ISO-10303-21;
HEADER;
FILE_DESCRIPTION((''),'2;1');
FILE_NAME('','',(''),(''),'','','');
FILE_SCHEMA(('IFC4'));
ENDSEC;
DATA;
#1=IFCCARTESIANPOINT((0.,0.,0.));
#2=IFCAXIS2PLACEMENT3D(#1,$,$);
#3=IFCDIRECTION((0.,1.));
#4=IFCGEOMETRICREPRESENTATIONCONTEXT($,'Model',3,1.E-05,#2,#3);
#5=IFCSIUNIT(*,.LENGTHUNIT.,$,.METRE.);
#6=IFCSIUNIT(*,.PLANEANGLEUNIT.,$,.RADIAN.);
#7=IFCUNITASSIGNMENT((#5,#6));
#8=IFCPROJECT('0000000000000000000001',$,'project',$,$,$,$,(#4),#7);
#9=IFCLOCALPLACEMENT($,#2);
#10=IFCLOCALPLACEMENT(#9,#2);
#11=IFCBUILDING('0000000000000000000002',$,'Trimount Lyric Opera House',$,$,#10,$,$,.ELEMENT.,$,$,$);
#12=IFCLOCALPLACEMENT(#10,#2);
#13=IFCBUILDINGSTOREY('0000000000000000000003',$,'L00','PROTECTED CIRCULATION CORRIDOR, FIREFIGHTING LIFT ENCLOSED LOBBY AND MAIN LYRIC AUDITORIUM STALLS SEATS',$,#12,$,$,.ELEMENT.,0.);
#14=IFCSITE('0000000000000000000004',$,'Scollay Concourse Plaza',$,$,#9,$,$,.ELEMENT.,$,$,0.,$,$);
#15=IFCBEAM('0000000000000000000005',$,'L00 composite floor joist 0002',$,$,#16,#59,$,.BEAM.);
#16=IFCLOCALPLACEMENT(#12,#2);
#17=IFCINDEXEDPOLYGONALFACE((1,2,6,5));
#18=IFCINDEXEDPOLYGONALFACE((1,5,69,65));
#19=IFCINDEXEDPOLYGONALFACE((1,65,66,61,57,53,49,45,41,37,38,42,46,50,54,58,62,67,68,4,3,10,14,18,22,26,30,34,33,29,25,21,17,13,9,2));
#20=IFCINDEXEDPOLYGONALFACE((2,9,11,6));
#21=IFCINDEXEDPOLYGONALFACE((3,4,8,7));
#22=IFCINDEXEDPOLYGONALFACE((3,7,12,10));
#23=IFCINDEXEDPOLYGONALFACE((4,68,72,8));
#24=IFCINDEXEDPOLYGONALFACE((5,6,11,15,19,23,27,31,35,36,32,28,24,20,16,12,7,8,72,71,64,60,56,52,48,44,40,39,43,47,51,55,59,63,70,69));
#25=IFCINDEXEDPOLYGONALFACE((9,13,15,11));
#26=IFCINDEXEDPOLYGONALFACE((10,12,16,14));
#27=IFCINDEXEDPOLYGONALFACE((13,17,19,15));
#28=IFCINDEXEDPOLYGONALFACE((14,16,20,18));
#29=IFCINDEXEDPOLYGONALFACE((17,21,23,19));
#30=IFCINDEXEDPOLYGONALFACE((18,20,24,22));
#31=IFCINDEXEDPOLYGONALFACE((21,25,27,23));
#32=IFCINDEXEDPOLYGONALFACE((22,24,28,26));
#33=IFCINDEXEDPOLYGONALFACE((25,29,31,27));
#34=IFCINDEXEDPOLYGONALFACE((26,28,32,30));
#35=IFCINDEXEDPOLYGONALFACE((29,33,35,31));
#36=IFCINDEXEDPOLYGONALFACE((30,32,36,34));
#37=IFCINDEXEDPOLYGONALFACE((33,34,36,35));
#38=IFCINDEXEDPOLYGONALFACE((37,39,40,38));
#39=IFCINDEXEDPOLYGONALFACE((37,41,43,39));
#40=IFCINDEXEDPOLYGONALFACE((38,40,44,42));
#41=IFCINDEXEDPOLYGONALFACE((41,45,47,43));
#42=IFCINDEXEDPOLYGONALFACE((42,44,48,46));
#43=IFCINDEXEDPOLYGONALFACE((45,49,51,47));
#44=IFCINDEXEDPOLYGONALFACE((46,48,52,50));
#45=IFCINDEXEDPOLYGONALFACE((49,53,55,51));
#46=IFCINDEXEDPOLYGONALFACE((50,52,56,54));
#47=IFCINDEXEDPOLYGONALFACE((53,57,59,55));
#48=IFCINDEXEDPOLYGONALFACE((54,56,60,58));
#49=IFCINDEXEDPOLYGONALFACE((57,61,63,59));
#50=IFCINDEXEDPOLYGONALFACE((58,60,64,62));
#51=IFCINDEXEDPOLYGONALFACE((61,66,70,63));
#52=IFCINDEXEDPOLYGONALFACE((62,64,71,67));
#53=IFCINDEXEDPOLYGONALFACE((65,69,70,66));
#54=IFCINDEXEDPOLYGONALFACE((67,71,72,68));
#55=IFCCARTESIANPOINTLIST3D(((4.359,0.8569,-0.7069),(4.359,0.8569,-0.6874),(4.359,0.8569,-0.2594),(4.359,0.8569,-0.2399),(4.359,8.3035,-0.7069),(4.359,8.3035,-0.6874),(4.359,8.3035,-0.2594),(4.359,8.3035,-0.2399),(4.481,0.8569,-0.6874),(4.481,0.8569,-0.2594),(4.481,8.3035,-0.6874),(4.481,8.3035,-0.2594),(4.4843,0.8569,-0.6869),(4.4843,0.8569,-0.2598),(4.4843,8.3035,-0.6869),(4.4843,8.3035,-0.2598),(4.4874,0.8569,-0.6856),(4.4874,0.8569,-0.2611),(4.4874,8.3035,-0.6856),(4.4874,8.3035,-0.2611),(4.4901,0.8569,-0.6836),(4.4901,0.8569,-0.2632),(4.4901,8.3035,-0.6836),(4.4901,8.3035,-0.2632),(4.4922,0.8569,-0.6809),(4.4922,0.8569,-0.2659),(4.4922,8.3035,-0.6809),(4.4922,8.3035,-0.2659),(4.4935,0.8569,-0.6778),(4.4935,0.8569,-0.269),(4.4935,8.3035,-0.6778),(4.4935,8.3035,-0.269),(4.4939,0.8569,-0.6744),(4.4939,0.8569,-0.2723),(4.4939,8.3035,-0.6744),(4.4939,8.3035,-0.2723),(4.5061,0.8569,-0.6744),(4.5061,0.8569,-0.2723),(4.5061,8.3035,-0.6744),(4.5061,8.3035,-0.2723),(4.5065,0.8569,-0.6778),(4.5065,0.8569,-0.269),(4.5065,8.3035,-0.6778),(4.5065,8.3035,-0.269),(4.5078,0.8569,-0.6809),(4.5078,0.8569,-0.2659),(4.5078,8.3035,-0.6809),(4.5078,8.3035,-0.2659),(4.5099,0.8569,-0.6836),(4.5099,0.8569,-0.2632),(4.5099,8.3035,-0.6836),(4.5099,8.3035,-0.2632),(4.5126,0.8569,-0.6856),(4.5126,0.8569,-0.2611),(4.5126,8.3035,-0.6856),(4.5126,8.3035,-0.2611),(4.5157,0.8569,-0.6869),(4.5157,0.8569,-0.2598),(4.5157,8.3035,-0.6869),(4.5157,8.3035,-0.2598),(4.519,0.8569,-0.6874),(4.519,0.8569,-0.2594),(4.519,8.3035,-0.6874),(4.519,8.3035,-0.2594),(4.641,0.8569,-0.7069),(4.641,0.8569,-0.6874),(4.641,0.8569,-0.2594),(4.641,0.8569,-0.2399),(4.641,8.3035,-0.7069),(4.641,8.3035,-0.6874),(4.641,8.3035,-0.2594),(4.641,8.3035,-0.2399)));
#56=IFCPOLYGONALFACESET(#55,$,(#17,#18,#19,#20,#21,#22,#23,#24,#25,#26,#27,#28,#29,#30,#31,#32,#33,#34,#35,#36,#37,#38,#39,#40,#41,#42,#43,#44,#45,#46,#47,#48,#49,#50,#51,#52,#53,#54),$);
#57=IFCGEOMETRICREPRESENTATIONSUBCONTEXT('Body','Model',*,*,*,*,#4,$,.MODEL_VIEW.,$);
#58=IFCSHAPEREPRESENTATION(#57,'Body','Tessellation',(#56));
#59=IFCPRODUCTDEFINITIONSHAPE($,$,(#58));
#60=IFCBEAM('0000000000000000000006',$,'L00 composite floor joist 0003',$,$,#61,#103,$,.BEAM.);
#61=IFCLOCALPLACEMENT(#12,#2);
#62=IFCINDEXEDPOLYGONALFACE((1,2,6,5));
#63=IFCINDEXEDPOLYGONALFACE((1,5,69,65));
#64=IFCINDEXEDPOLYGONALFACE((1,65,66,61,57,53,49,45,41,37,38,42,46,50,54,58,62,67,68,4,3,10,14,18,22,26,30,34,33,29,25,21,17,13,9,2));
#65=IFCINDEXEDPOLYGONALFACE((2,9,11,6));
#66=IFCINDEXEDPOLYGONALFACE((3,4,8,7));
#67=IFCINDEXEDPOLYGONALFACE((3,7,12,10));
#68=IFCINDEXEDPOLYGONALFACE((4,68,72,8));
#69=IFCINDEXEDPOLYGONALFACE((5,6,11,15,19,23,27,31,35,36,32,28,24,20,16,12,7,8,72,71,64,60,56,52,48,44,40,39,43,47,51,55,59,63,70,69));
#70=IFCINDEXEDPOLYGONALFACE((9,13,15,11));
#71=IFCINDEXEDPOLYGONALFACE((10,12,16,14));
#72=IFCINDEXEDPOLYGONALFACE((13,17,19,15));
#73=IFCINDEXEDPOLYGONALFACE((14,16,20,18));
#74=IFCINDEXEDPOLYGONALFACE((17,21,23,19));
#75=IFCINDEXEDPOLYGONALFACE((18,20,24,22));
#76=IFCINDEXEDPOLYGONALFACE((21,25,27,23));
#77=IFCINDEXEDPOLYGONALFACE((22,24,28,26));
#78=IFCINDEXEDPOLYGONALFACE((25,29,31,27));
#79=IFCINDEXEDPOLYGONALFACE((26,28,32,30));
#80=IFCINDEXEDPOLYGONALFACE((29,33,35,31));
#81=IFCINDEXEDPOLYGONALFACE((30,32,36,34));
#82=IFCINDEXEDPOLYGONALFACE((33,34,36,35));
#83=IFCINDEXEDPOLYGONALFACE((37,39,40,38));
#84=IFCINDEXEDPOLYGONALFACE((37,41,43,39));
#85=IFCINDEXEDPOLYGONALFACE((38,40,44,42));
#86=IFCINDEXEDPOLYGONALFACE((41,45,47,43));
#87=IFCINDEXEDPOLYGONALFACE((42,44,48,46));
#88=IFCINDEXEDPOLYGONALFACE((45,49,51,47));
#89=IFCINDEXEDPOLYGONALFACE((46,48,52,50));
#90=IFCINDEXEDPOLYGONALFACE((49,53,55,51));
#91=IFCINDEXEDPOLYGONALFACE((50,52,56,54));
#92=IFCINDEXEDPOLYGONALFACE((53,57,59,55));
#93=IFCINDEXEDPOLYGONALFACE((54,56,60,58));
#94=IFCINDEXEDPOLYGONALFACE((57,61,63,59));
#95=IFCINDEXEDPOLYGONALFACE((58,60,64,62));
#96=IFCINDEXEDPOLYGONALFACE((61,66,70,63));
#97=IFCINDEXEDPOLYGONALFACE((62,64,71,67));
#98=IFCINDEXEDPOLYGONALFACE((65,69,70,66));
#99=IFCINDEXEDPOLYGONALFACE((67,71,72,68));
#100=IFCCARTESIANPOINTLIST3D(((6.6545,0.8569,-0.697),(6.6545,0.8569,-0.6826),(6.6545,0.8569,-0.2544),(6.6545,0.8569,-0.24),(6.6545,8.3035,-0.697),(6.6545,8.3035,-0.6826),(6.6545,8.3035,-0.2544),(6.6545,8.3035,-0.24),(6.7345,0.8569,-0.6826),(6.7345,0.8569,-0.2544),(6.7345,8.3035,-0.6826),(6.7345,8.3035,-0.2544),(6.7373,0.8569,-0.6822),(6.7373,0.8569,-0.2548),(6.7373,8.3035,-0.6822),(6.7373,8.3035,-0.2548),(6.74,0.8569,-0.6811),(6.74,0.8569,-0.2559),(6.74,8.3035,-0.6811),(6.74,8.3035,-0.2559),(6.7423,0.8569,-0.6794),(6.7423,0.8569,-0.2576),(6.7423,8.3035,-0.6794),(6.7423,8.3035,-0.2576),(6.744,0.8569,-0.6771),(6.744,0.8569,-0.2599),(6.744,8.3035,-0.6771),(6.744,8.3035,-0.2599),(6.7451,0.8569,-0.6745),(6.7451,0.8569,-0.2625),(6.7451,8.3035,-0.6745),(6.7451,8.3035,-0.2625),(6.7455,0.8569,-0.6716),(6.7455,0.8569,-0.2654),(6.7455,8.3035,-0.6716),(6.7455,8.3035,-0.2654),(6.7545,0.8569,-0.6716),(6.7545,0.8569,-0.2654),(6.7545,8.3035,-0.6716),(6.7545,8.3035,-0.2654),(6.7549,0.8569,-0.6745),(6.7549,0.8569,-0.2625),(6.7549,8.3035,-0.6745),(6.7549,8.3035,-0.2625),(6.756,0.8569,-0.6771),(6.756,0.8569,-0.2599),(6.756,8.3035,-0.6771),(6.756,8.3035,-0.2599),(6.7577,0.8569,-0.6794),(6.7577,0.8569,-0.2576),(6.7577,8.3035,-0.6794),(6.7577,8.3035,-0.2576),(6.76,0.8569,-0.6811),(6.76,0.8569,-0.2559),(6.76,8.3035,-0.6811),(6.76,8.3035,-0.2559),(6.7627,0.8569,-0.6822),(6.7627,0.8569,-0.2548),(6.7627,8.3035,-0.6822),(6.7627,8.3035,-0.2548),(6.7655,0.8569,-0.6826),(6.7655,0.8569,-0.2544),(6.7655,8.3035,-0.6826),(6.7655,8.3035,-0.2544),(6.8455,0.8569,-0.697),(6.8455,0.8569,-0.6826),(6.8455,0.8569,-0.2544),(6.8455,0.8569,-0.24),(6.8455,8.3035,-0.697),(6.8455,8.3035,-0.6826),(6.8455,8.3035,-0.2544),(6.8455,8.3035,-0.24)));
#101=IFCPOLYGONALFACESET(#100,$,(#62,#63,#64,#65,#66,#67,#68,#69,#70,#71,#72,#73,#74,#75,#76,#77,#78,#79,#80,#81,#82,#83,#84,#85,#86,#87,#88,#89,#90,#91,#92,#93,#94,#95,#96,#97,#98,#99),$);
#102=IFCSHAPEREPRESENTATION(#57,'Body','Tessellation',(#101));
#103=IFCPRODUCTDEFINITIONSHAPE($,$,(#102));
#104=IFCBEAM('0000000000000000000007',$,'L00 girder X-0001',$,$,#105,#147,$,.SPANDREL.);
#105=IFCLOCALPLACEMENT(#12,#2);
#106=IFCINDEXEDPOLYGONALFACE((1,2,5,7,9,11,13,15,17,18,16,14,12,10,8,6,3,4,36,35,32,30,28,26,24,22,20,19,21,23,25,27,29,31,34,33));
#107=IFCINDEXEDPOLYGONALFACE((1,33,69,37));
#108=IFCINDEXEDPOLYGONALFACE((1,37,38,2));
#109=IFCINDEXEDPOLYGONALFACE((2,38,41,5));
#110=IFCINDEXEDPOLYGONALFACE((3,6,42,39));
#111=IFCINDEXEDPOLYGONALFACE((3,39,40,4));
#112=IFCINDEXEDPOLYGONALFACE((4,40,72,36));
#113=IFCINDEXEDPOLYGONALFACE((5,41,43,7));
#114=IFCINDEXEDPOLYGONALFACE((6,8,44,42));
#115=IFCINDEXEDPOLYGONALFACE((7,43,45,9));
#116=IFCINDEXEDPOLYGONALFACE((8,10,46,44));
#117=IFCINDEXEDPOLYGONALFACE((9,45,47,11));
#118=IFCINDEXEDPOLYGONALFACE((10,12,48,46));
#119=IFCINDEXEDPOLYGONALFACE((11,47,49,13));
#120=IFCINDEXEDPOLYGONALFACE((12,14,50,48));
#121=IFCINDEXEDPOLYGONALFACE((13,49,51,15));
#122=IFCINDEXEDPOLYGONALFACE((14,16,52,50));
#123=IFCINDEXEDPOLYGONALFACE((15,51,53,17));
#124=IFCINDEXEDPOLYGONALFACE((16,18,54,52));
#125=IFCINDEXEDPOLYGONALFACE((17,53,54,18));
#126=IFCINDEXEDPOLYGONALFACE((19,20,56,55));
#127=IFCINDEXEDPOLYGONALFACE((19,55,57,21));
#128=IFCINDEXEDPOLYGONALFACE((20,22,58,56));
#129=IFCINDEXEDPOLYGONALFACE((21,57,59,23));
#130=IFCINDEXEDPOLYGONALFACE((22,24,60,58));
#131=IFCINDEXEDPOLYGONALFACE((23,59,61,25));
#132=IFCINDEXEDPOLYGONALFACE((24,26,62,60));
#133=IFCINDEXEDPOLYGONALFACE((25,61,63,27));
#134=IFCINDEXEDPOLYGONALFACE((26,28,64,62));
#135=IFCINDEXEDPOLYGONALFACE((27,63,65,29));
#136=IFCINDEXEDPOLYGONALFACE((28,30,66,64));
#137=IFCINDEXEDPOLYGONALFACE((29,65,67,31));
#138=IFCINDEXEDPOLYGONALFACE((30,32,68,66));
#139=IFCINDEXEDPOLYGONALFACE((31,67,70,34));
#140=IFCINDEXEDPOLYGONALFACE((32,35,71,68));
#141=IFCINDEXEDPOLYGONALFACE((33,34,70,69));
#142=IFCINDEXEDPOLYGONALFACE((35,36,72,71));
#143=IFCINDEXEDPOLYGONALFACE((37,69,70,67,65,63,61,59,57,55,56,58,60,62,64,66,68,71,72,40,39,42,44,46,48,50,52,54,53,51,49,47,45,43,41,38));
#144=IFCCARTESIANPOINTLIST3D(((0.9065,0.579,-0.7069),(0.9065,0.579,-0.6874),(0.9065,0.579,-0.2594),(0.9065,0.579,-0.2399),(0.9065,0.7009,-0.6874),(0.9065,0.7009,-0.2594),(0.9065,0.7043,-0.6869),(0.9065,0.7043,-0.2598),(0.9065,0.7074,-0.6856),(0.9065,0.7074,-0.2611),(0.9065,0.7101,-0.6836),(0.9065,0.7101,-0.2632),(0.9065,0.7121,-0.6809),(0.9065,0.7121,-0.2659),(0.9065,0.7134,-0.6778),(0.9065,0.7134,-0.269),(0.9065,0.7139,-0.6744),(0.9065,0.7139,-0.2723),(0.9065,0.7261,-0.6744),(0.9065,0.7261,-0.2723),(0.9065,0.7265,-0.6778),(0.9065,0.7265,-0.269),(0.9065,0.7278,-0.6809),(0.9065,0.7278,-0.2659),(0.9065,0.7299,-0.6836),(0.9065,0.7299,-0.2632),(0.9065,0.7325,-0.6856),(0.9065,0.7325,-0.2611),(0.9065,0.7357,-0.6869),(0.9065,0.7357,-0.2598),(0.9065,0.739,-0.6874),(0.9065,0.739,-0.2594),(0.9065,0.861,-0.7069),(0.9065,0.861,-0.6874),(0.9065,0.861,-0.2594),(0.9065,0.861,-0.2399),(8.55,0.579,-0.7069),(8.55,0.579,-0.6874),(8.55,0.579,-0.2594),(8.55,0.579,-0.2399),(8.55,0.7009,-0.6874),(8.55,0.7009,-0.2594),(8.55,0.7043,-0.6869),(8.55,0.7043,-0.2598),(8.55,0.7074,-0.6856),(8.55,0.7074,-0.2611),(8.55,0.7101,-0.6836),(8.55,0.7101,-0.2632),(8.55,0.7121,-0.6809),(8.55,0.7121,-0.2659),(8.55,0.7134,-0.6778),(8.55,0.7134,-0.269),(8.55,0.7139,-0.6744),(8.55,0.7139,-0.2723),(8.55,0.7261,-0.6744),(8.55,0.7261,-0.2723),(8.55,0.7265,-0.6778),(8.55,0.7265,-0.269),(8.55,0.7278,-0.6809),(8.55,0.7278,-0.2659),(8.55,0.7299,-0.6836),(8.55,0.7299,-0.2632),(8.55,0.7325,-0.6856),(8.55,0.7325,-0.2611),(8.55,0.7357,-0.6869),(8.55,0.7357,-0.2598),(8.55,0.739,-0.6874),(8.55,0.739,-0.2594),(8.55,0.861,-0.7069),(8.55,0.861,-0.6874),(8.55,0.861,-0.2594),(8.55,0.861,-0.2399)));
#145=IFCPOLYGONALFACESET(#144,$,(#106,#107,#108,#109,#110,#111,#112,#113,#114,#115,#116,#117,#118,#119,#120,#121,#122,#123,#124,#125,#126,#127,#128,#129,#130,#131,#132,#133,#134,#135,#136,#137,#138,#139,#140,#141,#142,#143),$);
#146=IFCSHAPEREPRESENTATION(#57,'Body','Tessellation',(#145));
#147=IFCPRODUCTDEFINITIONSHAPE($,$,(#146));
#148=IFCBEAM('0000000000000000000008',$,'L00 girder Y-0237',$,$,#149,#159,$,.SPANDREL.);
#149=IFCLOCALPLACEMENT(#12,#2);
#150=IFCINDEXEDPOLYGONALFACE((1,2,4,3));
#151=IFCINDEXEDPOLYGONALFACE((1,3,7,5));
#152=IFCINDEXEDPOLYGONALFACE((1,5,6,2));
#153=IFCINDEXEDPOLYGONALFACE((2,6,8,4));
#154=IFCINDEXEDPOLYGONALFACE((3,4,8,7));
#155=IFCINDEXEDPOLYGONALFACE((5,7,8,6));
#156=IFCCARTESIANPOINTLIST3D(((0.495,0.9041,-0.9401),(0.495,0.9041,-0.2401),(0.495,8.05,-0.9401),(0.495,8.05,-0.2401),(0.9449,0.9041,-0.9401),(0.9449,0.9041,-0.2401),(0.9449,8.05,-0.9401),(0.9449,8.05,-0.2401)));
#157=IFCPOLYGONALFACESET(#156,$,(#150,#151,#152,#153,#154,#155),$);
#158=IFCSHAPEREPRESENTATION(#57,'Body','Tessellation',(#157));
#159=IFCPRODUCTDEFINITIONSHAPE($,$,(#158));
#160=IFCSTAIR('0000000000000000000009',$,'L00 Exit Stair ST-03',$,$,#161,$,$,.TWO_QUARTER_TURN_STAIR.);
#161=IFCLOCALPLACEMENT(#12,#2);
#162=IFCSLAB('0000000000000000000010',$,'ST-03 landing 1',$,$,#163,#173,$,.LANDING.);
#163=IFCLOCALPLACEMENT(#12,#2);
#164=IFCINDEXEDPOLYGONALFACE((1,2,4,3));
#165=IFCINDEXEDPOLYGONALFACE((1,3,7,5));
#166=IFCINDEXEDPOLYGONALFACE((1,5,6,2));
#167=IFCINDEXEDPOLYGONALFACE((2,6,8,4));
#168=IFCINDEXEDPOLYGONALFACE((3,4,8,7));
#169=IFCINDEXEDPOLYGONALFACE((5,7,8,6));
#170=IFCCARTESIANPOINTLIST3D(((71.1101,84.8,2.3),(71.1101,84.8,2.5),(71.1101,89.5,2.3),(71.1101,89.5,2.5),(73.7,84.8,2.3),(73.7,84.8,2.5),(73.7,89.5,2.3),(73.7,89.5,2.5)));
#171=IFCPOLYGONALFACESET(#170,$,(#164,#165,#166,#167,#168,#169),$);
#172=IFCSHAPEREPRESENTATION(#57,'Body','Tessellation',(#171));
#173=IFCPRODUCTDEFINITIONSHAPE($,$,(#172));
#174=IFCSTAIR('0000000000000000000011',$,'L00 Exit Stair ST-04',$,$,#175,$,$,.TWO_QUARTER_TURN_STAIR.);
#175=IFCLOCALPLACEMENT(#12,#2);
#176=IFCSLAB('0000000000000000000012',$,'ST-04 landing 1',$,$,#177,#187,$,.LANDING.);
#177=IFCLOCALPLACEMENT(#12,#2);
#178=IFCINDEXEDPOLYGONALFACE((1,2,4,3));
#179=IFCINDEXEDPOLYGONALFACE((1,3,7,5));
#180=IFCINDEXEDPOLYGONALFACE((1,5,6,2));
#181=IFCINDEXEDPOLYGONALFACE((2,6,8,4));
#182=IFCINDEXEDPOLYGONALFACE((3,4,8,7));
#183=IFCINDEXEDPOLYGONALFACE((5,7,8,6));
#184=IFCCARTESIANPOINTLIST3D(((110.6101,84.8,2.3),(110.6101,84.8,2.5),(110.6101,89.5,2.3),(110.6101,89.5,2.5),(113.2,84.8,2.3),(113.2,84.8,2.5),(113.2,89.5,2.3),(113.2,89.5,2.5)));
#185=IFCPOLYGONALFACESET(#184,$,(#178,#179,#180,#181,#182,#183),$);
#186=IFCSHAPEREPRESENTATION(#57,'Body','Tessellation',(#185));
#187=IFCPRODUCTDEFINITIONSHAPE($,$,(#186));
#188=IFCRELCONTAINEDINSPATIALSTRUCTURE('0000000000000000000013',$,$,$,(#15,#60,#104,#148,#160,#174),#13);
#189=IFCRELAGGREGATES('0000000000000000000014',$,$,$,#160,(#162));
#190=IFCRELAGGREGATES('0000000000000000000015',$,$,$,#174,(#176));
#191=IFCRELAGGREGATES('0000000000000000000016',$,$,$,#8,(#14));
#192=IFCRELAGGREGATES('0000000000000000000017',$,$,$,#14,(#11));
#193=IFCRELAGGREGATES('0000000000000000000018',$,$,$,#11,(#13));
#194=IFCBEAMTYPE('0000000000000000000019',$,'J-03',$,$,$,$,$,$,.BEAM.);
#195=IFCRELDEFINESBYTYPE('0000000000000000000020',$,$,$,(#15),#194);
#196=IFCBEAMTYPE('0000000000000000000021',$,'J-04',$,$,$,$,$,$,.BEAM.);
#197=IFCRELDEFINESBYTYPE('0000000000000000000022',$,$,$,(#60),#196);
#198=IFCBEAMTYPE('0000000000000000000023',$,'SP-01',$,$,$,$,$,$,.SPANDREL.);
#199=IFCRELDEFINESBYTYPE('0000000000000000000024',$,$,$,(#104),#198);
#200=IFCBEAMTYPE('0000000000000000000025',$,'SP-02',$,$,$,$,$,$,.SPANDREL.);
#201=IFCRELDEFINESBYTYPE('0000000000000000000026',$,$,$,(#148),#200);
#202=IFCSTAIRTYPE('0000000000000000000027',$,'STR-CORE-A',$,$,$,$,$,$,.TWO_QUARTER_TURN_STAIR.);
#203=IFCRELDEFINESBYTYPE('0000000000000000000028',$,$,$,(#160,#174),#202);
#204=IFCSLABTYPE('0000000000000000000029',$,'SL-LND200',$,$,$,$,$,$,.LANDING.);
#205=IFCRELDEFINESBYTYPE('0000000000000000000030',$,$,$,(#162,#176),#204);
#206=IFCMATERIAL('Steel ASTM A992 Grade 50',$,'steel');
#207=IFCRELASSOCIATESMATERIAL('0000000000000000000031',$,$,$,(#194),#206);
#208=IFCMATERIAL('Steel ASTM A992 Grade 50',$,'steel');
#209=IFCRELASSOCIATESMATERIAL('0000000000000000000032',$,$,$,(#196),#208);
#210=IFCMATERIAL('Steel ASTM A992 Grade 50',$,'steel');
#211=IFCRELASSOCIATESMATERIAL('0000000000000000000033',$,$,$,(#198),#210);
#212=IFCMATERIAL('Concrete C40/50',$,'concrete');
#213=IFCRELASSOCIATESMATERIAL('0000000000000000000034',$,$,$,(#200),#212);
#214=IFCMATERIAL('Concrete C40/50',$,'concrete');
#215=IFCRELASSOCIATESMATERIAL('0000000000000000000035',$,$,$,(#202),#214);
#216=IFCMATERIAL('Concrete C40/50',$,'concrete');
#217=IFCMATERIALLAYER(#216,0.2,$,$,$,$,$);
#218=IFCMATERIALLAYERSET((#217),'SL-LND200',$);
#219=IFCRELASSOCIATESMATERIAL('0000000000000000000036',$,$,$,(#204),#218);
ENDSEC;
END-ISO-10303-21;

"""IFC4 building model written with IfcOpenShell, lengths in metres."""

from ifc_helpers import new_model, si_unit, direction, frame, origin, origin_2d, place, context, subcontext, project, spatial, polyline, rectangle, i_section, outline, extrude, material, layer, layer_set, material_profile, profile_set, type_object, element, aggregate, save


model = new_model("IFC4")

# Units and contexts
model_context = context("Model", 3, precision=1e-05, world=origin(), true_north=direction((0.0, 1.0)))
body_context = subcontext(model_context, "Body", "Model", "MODEL_VIEW")
ifc_project = project(units=[si_unit("LENGTHUNIT", "METRE"), si_unit("PLANEANGLEUNIT", "RADIAN")], contexts=[model_context])

# Site, building, storey
site_placement = place(None, origin())
site = spatial("IfcSite", under=ifc_project, at=site_placement, Name="Scollay Concourse Plaza", CompositionType="ELEMENT", RefElevation=0.0)
building_placement = place(site_placement, origin())
building = spatial("IfcBuilding", under=site, at=building_placement, Name="Trimount Lyric Opera House", CompositionType="ELEMENT")
storey_placement = place(building_placement, origin())
storey = spatial("IfcBuildingStorey", under=building, at=storey_placement, Name="L00", Description="PROTECTED CIRCULATION CORRIDOR, FIREFIGHTING LIFT ENCLOSED LOBBY AND MAIN LYRIC AUDITORIUM STALLS SEATS", CompositionType="ELEMENT", Elevation=0.0)

# Beams
ifc_material_1 = material(Name="Steel ASTM A992 Grade 50", Category="steel")
ifc_material_profile_1 = material_profile(ifc_material_1, i_section(OverallWidth=0.282, OverallDepth=0.467, WebThickness=0.0122, FlangeThickness=0.0195, FilletRadius=0.0129, at=origin_2d()), Name="W18X86")
ifc_profile_set_1 = profile_set([ifc_material_profile_1], Name="Steel ASTM A992 Grade 50")
beam_type_1 = type_object("IfcBeamType", Name="J-03", PredefinedType="BEAM", material=ifc_profile_set_1)
beam_1_placement = place(storey_placement, frame((4.5, 0.8569, -0.4734), z_axis=(0.0, 1.0, 0.0), x_axis=(-1.0, 0.0, 0.0)))
element("IfcBeam", 1, at=beam_1_placement, inside=storey, type_object=beam_type_1, Name="L00 composite floor joist 0002", PredefinedType="BEAM", context=body_context, shape_type="SweptSolid", body=[
    extrude(i_section(OverallWidth=0.282, OverallDepth=0.467, WebThickness=0.0122, FlangeThickness=0.0195, FilletRadius=0.0129, at=origin_2d()), origin(), (0.0, 0.0, 1.0), 7.4465),
])
ifc_material_2 = material(Name="Steel ASTM A992 Grade 50", Category="steel")
ifc_material_profile_2 = material_profile(ifc_material_2, i_section(OverallWidth=0.1909, OverallDepth=0.457, WebThickness=0.009, FlangeThickness=0.0144, FilletRadius=0.011, at=origin_2d()), Name="W18X50")
ifc_profile_set_2 = profile_set([ifc_material_profile_2], Name="Steel ASTM A992 Grade 50")
beam_type_2 = type_object("IfcBeamType", Name="J-04", PredefinedType="BEAM", material=ifc_profile_set_2)
beam_2_placement = place(storey_placement, frame((6.75, 0.8569, -0.4685), z_axis=(0.0, 1.0, 0.0), x_axis=(-1.0, 0.0, 0.0)))
element("IfcBeam", 2, at=beam_2_placement, inside=storey, type_object=beam_type_2, Name="L00 composite floor joist 0003", PredefinedType="BEAM", context=body_context, shape_type="SweptSolid", body=[
    extrude(i_section(OverallWidth=0.1909, OverallDepth=0.457, WebThickness=0.009, FlangeThickness=0.0144, FilletRadius=0.011, at=origin_2d()), origin(), (0.0, 0.0, 1.0), 7.4465),
])
ifc_material_3 = material(Name="Steel ASTM A992 Grade 50", Category="steel")
ifc_material_profile_3 = material_profile(ifc_material_3, i_section(OverallWidth=0.282, OverallDepth=0.467, WebThickness=0.0122, FlangeThickness=0.0195, FilletRadius=0.0129, at=origin_2d()), Name="W18X86")
ifc_profile_set_3 = profile_set([ifc_material_profile_3], Name="Steel ASTM A992 Grade 50")
beam_type_3 = type_object("IfcBeamType", Name="SP-01", PredefinedType="SPANDREL", material=ifc_profile_set_3)
beam_3_placement = place(storey_placement, frame((0.9065, 0.72, -0.4734), z_axis=(1.0, 0.0, 0.0), x_axis=(0.0, 1.0, 0.0)))
element("IfcBeam", 3, at=beam_3_placement, inside=storey, type_object=beam_type_3, Name="L00 girder X-0001", PredefinedType="SPANDREL", context=body_context, shape_type="SweptSolid", body=[
    extrude(i_section(OverallWidth=0.282, OverallDepth=0.467, WebThickness=0.0122, FlangeThickness=0.0195, FilletRadius=0.0129, at=origin_2d()), origin(), (0.0, 0.0, 1.0), 7.6436),
])
ifc_material_4 = material(Name="Concrete C40/50", Category="concrete")
ifc_material_profile_4 = material_profile(ifc_material_4, rectangle(XDim=0.45, YDim=0.7, at=origin_2d()), Name="RC450X700")
ifc_profile_set_4 = profile_set([ifc_material_profile_4], Name="Concrete C40/50")
beam_type_4 = type_object("IfcBeamType", Name="SP-02", PredefinedType="SPANDREL", material=ifc_profile_set_4)
beam_4_placement = place(storey_placement, frame((0.72, 0.9041, -0.5901), z_axis=(0.0, 1.0, 0.0), x_axis=(-1.0, 0.0, 0.0)))
element("IfcBeam", 4, at=beam_4_placement, inside=storey, type_object=beam_type_4, Name="L00 girder Y-0237", PredefinedType="SPANDREL", context=body_context, shape_type="SweptSolid", body=[
    extrude(rectangle(XDim=0.45, YDim=0.7, at=origin_2d()), origin(), (0.0, 0.0, 1.0), 7.146),
])

# Stairs, slabs
ifc_material_5 = material(Name="Concrete C40/50", Category="concrete")
stair_type_1 = type_object("IfcStairType", Name="STR-CORE-A", PredefinedType="TWO_QUARTER_TURN_STAIR", material=ifc_material_5)
stair_1_placement = place(storey_placement, origin())
stair_1 = element("IfcStair", 5, at=stair_1_placement, inside=storey, type_object=stair_type_1, Name="L00 Exit Stair ST-03", PredefinedType="TWO_QUARTER_TURN_STAIR")
ifc_material_6 = material(Name="Concrete C40/50", Category="concrete")
ifc_layer_1 = layer(ifc_material_6, 0.2)
ifc_layer_set_1 = layer_set([ifc_layer_1], Name="SL-LND200")
slab_type = type_object("IfcSlabType", Name="SL-LND200", PredefinedType="LANDING", material=ifc_layer_set_1)
slab_1_placement = place(storey_placement, frame((0.0, 0.0, 2.3)))
slab_1 = element("IfcSlab", 6, at=slab_1_placement, type_object=slab_type, Name="ST-03 landing 1", PredefinedType="LANDING", context=body_context, shape_type="SweptSolid", body=[
    extrude(outline(polyline([(71.1101, 84.8), (73.7, 84.8), (73.7, 89.5), (71.1101, 89.5), (71.1101, 84.8)])), origin(), (0.0, 0.0, 1.0), 0.2),
])
aggregate(stair_1, [slab_1])
stair_2_placement = place(storey_placement, origin())
stair_2 = element("IfcStair", 7, at=stair_2_placement, inside=storey, type_object=stair_type_1, Name="L00 Exit Stair ST-04", PredefinedType="TWO_QUARTER_TURN_STAIR")
slab_2_placement = place(storey_placement, frame((0.0, 0.0, 2.3)))
slab_2 = element("IfcSlab", 8, at=slab_2_placement, type_object=slab_type, Name="ST-04 landing 1", PredefinedType="LANDING", context=body_context, shape_type="SweptSolid", body=[
    extrude(outline(polyline([(110.6101, 84.8), (113.2, 84.8), (113.2, 89.5), (110.6101, 89.5), (110.6101, 84.8)])), origin(), (0.0, 0.0, 1.0), 0.2),
])
aggregate(stair_2, [slab_2])

save(model, "model.ifc")
